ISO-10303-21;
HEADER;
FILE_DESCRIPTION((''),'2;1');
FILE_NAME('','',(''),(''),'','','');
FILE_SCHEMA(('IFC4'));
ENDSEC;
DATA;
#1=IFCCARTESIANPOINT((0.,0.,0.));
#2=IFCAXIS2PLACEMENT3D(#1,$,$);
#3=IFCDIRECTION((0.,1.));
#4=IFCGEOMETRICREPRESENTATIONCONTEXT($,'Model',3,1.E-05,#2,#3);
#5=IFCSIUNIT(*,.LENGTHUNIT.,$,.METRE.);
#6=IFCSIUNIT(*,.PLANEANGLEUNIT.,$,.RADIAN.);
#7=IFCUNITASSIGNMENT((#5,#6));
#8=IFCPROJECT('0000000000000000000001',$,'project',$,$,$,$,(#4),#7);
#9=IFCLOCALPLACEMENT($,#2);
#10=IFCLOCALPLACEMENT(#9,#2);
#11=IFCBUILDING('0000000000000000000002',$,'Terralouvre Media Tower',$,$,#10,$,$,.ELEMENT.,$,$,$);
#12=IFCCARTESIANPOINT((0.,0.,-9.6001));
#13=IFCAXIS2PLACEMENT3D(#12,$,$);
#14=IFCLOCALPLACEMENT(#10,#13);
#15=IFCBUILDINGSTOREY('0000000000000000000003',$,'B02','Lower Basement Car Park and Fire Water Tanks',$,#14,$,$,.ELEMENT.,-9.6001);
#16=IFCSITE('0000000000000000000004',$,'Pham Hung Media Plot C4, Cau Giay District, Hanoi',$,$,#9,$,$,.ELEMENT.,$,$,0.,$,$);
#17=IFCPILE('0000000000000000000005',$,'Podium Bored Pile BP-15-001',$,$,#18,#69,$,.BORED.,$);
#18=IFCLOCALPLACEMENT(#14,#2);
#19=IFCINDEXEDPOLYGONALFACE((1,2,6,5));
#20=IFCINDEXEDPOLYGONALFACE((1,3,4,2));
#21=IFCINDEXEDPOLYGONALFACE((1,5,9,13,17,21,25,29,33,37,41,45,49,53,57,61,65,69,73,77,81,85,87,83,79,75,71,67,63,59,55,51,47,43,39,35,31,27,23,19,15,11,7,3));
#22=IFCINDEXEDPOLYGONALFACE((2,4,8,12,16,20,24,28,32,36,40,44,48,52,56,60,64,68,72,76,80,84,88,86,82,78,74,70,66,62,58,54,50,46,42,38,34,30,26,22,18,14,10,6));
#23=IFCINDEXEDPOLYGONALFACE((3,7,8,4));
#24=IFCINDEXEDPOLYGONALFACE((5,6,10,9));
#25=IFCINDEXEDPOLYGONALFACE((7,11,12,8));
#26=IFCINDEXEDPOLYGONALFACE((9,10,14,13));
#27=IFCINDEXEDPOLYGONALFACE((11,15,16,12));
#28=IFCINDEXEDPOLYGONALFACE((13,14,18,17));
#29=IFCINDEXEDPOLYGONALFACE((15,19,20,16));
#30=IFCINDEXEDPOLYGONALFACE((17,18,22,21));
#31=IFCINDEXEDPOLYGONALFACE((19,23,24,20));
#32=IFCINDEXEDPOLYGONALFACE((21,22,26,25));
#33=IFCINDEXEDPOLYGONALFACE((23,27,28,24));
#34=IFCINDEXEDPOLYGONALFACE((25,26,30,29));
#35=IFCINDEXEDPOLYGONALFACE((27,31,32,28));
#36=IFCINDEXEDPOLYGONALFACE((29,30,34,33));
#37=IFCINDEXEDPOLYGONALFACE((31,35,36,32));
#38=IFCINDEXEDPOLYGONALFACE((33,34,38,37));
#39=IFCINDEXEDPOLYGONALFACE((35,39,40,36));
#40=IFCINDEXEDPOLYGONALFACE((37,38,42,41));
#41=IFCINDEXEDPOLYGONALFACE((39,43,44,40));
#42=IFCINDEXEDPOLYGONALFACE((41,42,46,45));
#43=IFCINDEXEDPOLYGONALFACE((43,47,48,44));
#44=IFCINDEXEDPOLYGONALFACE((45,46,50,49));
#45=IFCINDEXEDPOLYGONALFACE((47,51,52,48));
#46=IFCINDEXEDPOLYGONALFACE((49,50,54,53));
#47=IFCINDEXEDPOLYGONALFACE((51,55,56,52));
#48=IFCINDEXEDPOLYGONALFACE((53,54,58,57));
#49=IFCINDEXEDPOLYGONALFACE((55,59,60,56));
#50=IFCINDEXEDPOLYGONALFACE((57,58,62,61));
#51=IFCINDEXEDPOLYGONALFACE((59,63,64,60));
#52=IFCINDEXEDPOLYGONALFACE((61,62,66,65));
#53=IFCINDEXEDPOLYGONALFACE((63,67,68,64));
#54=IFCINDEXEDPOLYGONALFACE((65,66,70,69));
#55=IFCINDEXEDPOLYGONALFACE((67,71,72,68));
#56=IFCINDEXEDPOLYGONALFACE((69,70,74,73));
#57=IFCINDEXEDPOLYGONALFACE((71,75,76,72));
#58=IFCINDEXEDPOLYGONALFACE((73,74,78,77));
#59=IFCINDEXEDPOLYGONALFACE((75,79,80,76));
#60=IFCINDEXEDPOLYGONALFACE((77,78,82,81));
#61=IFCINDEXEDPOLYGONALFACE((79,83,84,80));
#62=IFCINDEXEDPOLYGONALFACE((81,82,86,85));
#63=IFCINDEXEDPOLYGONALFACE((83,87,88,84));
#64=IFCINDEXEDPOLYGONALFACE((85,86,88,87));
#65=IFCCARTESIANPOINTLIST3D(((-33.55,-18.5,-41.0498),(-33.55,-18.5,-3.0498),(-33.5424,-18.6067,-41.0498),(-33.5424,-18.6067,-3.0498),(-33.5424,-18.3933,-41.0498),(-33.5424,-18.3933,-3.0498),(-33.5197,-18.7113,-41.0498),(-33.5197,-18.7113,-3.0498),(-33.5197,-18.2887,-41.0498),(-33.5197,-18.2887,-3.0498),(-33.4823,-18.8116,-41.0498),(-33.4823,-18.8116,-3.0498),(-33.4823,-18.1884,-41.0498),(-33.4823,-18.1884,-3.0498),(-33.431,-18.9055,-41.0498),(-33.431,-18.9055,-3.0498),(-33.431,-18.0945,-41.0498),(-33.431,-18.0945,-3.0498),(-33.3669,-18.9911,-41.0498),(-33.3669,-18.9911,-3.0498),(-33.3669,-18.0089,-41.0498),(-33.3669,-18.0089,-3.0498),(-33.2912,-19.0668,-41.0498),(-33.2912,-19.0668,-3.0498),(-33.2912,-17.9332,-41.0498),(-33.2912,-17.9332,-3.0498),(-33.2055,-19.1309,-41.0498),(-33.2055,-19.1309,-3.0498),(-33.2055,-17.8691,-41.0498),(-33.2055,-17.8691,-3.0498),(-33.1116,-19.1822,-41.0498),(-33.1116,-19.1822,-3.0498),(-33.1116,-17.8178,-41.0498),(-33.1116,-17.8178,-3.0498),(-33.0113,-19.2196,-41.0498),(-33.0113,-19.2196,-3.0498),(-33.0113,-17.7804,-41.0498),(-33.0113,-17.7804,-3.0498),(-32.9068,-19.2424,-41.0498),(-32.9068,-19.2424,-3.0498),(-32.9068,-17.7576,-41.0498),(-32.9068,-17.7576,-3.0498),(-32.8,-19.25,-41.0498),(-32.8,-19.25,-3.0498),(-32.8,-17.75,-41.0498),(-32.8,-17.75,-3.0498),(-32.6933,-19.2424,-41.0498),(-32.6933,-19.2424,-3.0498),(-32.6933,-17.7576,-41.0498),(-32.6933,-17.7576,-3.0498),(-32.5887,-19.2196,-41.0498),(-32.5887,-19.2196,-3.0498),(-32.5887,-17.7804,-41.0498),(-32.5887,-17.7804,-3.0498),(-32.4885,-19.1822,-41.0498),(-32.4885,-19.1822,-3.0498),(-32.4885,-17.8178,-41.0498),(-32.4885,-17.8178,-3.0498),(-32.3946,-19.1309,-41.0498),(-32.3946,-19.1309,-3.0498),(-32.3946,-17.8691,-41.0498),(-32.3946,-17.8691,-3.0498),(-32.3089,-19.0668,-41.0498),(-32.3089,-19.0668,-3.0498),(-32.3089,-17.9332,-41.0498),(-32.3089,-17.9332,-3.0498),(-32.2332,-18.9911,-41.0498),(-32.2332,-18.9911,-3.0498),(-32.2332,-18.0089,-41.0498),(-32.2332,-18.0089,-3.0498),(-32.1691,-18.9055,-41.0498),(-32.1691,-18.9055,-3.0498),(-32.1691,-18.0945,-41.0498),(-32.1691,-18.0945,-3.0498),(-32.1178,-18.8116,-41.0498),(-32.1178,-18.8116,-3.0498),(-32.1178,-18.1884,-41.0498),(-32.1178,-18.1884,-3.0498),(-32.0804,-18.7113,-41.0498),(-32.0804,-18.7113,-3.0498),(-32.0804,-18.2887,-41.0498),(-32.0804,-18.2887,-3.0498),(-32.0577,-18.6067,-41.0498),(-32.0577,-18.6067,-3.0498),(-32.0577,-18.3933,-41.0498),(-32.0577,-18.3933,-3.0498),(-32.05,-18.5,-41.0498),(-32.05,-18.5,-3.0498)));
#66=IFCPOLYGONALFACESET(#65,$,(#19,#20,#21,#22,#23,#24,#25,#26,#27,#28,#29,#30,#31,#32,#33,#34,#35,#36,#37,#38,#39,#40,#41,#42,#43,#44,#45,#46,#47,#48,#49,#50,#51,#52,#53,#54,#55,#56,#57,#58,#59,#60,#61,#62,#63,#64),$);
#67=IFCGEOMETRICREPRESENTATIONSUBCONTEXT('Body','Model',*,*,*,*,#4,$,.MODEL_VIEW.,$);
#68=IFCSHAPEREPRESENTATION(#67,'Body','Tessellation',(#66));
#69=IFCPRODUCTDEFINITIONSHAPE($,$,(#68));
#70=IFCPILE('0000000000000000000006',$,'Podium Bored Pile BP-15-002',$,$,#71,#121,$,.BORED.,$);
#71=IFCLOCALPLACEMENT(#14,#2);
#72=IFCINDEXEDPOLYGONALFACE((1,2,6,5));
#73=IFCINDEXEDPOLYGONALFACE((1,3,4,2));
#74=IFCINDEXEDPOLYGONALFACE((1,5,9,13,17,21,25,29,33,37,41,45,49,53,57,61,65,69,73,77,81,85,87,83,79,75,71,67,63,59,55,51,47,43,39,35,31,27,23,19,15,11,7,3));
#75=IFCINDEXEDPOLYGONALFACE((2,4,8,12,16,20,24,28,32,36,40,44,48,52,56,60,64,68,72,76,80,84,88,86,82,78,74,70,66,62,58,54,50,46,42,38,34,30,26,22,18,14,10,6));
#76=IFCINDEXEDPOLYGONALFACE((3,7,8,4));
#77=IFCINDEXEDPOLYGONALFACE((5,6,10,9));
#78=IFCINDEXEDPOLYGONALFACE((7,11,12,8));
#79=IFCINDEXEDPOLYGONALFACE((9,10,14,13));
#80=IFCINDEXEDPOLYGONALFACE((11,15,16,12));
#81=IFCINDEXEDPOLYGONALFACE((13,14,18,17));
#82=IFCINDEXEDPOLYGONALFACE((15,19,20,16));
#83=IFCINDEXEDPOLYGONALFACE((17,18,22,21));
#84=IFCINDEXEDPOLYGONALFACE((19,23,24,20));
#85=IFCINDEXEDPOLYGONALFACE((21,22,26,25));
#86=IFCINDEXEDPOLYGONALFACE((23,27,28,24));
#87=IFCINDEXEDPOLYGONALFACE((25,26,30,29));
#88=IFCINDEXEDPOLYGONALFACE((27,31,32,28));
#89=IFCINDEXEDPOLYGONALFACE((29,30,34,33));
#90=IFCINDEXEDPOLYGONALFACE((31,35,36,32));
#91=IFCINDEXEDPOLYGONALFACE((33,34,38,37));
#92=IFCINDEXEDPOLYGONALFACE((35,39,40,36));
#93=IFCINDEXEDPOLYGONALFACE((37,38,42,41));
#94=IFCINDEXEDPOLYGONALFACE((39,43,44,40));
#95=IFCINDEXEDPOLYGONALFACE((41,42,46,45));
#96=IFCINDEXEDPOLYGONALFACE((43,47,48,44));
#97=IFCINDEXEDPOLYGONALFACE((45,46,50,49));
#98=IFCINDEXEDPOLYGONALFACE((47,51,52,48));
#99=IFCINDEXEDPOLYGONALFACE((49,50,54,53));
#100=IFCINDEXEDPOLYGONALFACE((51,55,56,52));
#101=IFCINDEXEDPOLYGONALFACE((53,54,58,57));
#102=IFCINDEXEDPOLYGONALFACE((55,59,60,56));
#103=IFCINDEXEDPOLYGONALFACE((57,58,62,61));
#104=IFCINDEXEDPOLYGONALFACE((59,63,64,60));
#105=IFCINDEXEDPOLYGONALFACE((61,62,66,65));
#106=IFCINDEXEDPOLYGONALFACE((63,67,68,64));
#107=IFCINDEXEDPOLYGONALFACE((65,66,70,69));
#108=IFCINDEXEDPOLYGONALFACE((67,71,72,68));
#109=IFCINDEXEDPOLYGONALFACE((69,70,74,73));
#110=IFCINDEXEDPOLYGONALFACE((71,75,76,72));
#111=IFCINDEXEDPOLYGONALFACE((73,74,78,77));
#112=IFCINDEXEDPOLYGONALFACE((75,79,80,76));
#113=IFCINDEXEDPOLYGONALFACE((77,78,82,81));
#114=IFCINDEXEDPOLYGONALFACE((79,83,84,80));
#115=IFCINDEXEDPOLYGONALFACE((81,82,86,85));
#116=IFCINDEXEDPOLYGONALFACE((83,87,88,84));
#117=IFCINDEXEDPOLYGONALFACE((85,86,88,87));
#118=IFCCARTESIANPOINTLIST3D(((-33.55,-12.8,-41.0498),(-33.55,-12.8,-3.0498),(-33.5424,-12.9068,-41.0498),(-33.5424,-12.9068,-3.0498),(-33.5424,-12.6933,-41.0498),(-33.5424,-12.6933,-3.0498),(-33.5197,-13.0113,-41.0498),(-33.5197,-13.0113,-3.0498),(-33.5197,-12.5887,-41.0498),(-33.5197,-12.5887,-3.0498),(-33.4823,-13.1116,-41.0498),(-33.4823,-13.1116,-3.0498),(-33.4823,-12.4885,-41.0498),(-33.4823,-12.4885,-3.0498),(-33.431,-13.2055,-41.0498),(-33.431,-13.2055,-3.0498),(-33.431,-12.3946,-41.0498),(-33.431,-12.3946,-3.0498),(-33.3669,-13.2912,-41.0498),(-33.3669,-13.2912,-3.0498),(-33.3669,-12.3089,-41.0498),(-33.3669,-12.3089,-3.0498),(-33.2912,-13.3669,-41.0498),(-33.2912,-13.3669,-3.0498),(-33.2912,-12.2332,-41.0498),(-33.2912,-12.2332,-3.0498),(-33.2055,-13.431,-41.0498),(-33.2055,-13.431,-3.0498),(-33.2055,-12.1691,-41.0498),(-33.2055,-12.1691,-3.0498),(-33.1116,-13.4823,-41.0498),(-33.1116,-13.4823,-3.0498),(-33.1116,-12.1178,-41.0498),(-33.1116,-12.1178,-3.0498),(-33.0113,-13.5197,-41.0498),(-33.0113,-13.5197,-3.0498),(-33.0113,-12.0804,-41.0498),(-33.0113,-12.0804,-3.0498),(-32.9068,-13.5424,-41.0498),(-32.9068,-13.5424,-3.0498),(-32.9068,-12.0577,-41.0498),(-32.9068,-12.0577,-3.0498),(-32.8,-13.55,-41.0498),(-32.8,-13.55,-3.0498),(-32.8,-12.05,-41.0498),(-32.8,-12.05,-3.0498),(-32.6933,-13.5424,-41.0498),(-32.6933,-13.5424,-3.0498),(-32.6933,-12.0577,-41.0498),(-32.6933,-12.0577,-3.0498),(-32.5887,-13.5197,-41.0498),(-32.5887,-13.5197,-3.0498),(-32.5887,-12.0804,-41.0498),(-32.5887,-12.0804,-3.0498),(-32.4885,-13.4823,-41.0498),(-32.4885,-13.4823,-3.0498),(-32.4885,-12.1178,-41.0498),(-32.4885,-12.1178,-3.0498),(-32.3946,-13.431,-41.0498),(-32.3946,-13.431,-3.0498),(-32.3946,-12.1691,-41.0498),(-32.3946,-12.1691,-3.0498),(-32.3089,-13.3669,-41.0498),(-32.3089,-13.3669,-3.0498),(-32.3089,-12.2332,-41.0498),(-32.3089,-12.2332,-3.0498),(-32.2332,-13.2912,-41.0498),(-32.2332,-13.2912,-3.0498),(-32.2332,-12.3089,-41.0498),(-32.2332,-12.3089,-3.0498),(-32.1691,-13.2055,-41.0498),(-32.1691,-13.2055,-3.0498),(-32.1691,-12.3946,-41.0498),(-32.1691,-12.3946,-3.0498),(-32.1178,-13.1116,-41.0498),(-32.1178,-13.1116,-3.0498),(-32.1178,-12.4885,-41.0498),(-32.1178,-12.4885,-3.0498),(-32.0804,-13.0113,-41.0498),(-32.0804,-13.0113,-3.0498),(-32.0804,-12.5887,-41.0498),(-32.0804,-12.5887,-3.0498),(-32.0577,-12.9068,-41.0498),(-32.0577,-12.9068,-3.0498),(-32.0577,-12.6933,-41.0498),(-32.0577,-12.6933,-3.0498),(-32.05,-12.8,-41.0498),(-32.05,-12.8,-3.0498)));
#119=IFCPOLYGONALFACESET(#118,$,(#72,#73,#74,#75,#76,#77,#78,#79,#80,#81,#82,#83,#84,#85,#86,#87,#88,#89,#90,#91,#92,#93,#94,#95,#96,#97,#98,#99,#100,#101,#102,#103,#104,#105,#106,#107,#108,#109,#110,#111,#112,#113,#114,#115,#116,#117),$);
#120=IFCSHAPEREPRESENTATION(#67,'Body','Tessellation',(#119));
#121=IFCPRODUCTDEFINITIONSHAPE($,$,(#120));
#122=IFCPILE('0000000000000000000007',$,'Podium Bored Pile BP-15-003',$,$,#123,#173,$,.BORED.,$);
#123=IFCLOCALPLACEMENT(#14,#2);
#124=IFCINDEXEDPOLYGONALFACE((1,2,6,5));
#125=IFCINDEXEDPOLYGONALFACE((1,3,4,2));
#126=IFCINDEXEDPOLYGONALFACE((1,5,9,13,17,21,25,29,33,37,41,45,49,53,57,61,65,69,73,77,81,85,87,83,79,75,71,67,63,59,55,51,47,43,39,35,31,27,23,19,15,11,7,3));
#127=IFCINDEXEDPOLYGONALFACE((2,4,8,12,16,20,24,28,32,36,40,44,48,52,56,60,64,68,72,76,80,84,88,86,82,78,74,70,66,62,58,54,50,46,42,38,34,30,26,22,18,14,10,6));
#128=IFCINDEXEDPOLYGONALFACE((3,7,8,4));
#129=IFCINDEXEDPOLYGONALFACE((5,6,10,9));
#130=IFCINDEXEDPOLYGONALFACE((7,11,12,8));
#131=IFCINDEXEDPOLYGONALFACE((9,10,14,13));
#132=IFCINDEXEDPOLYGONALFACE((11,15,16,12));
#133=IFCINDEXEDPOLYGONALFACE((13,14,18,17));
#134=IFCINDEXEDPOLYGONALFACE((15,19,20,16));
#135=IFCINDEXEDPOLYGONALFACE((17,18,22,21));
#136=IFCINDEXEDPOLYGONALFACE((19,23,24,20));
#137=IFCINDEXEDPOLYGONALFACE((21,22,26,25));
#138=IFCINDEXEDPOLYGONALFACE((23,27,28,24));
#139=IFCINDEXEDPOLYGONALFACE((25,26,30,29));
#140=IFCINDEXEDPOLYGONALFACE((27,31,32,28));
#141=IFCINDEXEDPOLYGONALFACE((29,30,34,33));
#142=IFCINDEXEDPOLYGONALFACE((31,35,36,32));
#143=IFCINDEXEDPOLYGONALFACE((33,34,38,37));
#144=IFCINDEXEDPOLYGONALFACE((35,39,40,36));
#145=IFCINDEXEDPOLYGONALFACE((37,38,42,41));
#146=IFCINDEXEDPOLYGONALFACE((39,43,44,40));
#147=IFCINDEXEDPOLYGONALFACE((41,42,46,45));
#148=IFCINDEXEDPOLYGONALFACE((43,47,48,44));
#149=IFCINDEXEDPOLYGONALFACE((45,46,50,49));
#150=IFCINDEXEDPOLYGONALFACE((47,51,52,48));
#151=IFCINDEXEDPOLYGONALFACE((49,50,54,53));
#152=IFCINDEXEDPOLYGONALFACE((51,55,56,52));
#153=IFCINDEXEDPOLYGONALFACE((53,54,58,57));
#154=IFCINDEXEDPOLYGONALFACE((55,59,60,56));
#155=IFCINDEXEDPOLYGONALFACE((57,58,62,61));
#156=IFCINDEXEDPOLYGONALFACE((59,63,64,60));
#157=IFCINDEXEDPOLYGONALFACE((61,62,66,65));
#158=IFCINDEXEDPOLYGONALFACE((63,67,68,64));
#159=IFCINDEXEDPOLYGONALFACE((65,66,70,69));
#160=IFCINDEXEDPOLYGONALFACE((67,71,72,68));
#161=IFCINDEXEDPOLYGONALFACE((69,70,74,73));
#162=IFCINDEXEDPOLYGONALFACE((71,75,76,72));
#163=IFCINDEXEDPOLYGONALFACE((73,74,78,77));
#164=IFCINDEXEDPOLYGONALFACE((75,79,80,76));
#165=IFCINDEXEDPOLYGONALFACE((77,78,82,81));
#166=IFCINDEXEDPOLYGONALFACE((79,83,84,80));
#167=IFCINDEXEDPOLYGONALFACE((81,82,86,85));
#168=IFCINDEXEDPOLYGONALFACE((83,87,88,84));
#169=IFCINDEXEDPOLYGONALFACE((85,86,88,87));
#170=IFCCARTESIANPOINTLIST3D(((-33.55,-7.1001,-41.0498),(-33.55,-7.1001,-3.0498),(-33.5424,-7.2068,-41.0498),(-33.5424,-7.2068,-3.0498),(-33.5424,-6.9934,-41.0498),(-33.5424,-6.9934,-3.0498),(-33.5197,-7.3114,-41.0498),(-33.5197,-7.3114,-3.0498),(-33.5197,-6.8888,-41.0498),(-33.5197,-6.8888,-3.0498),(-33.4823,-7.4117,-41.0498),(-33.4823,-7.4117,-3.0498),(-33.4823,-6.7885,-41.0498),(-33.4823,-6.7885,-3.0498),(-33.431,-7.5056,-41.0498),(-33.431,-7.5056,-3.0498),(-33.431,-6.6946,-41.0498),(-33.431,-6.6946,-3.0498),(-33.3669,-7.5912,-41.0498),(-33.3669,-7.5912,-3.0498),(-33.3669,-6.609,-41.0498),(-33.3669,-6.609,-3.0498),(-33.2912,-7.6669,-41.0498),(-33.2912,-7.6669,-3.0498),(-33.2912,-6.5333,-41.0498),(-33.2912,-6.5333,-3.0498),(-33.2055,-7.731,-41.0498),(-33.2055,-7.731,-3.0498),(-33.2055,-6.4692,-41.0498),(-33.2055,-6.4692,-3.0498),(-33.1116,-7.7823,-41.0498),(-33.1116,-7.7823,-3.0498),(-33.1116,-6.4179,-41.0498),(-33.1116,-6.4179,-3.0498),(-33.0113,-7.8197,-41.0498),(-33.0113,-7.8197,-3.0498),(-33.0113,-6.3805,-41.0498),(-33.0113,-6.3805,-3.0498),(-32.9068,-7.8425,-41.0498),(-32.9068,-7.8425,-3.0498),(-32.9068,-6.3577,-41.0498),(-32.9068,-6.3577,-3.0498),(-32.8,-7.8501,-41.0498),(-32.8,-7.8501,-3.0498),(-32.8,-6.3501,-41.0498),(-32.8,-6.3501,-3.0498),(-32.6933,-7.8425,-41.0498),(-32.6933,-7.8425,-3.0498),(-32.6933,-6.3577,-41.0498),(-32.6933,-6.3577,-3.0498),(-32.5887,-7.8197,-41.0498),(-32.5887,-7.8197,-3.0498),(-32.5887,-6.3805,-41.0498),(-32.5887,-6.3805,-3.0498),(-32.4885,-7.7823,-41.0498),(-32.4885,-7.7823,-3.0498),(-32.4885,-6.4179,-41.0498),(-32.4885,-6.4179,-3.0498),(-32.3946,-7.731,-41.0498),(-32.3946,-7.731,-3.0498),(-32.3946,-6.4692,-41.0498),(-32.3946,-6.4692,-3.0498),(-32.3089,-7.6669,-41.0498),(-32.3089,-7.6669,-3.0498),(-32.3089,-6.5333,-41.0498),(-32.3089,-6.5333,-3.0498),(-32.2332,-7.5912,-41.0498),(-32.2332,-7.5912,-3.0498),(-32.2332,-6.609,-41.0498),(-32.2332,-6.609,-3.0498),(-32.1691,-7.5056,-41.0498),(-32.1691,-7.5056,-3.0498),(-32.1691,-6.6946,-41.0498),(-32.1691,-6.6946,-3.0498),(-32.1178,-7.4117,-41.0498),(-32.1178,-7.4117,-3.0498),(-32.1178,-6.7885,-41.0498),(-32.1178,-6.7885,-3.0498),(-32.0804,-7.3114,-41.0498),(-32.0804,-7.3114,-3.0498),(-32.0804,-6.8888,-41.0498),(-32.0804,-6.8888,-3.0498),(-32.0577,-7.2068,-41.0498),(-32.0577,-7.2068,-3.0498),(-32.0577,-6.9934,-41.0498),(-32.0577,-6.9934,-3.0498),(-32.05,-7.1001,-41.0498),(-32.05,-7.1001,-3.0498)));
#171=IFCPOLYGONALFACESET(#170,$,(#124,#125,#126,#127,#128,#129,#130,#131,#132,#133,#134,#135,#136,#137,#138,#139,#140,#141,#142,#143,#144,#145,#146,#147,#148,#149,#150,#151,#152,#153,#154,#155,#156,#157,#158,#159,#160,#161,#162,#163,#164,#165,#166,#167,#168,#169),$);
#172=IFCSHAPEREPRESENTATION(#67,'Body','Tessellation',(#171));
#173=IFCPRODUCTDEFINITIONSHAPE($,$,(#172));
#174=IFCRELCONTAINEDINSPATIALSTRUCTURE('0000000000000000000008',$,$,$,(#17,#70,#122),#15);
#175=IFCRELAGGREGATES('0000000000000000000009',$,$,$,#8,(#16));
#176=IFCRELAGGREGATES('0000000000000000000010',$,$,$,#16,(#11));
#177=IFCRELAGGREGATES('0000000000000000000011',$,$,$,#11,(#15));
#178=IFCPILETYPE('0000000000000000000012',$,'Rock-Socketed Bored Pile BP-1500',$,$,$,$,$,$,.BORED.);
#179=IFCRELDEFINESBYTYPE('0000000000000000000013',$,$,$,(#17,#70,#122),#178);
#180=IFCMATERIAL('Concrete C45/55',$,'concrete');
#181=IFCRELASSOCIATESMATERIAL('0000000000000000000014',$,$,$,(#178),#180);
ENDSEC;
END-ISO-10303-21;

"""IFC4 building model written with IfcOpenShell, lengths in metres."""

from ifc_helpers import new_model, si_unit, direction, frame, origin, origin_2d, place, context, subcontext, project, spatial, circle, extrude, material, material_profile, profile_set, type_object, element, save


model = new_model("IFC4")

# Units and contexts
model_context = context("Model", 3, precision=1e-05, world=origin(), true_north=direction((0.0, 1.0)))
body_context = subcontext(model_context, "Body", "Model", "MODEL_VIEW")
ifc_project = project(units=[si_unit("LENGTHUNIT", "METRE"), si_unit("PLANEANGLEUNIT", "RADIAN")], contexts=[model_context])

# Site, building, storey
site_placement = place(None, origin())
site = spatial("IfcSite", under=ifc_project, at=site_placement, Name="Pham Hung Media Plot C4, Cau Giay District, Hanoi", CompositionType="ELEMENT", RefElevation=0.0)
building_placement = place(site_placement, origin())
building = spatial("IfcBuilding", under=site, at=building_placement, Name="Terralouvre Media Tower", CompositionType="ELEMENT")
storey_placement = place(building_placement, frame((0.0, 0.0, -9.6001)))
storey = spatial("IfcBuildingStorey", under=building, at=storey_placement, Name="B02", Description="Lower Basement Car Park and Fire Water Tanks", CompositionType="ELEMENT", Elevation=-9.6001)

# Piles
ifc_material_1 = material(Name="Concrete C45/55", Category="concrete")
ifc_material_profile_1 = material_profile(ifc_material_1, circle(Radius=0.75, at=origin_2d()), Name="BORED PILE 1500")
ifc_profile_set_1 = profile_set([ifc_material_profile_1], Name="Concrete C45/55")
pile_type_1 = type_object("IfcPileType", Name="Rock-Socketed Bored Pile BP-1500", PredefinedType="BORED", material=ifc_profile_set_1)
for number, where, z_axis, x_axis, name in (
    (1, (-32.8, -18.5, -3.0498), (0.0, 0.0, -1.0), (1.0, 0.0, 0.0), "Podium Bored Pile BP-15-001"),
    (2, (-32.8, -12.8, -3.0498), (0.0, 0.0, -1.0), (1.0, 0.0, 0.0), "Podium Bored Pile BP-15-002"),
    (3, (-32.8, -7.1001, -3.0498), (0.0, 0.0, -1.0), (1.0, 0.0, 0.0), "Podium Bored Pile BP-15-003"),
):
    element("IfcPile", number, at=place(storey_placement, frame(where, z_axis=z_axis, x_axis=x_axis)), inside=storey, type_object=pile_type_1, Name=name, PredefinedType="BORED", context=body_context, shape_type="SweptSolid", body=[
        extrude(circle(Radius=0.75, at=origin_2d()), origin(), (0.0, 0.0, 1.0), 38.0),
    ])

save(model, "model.ifc")
